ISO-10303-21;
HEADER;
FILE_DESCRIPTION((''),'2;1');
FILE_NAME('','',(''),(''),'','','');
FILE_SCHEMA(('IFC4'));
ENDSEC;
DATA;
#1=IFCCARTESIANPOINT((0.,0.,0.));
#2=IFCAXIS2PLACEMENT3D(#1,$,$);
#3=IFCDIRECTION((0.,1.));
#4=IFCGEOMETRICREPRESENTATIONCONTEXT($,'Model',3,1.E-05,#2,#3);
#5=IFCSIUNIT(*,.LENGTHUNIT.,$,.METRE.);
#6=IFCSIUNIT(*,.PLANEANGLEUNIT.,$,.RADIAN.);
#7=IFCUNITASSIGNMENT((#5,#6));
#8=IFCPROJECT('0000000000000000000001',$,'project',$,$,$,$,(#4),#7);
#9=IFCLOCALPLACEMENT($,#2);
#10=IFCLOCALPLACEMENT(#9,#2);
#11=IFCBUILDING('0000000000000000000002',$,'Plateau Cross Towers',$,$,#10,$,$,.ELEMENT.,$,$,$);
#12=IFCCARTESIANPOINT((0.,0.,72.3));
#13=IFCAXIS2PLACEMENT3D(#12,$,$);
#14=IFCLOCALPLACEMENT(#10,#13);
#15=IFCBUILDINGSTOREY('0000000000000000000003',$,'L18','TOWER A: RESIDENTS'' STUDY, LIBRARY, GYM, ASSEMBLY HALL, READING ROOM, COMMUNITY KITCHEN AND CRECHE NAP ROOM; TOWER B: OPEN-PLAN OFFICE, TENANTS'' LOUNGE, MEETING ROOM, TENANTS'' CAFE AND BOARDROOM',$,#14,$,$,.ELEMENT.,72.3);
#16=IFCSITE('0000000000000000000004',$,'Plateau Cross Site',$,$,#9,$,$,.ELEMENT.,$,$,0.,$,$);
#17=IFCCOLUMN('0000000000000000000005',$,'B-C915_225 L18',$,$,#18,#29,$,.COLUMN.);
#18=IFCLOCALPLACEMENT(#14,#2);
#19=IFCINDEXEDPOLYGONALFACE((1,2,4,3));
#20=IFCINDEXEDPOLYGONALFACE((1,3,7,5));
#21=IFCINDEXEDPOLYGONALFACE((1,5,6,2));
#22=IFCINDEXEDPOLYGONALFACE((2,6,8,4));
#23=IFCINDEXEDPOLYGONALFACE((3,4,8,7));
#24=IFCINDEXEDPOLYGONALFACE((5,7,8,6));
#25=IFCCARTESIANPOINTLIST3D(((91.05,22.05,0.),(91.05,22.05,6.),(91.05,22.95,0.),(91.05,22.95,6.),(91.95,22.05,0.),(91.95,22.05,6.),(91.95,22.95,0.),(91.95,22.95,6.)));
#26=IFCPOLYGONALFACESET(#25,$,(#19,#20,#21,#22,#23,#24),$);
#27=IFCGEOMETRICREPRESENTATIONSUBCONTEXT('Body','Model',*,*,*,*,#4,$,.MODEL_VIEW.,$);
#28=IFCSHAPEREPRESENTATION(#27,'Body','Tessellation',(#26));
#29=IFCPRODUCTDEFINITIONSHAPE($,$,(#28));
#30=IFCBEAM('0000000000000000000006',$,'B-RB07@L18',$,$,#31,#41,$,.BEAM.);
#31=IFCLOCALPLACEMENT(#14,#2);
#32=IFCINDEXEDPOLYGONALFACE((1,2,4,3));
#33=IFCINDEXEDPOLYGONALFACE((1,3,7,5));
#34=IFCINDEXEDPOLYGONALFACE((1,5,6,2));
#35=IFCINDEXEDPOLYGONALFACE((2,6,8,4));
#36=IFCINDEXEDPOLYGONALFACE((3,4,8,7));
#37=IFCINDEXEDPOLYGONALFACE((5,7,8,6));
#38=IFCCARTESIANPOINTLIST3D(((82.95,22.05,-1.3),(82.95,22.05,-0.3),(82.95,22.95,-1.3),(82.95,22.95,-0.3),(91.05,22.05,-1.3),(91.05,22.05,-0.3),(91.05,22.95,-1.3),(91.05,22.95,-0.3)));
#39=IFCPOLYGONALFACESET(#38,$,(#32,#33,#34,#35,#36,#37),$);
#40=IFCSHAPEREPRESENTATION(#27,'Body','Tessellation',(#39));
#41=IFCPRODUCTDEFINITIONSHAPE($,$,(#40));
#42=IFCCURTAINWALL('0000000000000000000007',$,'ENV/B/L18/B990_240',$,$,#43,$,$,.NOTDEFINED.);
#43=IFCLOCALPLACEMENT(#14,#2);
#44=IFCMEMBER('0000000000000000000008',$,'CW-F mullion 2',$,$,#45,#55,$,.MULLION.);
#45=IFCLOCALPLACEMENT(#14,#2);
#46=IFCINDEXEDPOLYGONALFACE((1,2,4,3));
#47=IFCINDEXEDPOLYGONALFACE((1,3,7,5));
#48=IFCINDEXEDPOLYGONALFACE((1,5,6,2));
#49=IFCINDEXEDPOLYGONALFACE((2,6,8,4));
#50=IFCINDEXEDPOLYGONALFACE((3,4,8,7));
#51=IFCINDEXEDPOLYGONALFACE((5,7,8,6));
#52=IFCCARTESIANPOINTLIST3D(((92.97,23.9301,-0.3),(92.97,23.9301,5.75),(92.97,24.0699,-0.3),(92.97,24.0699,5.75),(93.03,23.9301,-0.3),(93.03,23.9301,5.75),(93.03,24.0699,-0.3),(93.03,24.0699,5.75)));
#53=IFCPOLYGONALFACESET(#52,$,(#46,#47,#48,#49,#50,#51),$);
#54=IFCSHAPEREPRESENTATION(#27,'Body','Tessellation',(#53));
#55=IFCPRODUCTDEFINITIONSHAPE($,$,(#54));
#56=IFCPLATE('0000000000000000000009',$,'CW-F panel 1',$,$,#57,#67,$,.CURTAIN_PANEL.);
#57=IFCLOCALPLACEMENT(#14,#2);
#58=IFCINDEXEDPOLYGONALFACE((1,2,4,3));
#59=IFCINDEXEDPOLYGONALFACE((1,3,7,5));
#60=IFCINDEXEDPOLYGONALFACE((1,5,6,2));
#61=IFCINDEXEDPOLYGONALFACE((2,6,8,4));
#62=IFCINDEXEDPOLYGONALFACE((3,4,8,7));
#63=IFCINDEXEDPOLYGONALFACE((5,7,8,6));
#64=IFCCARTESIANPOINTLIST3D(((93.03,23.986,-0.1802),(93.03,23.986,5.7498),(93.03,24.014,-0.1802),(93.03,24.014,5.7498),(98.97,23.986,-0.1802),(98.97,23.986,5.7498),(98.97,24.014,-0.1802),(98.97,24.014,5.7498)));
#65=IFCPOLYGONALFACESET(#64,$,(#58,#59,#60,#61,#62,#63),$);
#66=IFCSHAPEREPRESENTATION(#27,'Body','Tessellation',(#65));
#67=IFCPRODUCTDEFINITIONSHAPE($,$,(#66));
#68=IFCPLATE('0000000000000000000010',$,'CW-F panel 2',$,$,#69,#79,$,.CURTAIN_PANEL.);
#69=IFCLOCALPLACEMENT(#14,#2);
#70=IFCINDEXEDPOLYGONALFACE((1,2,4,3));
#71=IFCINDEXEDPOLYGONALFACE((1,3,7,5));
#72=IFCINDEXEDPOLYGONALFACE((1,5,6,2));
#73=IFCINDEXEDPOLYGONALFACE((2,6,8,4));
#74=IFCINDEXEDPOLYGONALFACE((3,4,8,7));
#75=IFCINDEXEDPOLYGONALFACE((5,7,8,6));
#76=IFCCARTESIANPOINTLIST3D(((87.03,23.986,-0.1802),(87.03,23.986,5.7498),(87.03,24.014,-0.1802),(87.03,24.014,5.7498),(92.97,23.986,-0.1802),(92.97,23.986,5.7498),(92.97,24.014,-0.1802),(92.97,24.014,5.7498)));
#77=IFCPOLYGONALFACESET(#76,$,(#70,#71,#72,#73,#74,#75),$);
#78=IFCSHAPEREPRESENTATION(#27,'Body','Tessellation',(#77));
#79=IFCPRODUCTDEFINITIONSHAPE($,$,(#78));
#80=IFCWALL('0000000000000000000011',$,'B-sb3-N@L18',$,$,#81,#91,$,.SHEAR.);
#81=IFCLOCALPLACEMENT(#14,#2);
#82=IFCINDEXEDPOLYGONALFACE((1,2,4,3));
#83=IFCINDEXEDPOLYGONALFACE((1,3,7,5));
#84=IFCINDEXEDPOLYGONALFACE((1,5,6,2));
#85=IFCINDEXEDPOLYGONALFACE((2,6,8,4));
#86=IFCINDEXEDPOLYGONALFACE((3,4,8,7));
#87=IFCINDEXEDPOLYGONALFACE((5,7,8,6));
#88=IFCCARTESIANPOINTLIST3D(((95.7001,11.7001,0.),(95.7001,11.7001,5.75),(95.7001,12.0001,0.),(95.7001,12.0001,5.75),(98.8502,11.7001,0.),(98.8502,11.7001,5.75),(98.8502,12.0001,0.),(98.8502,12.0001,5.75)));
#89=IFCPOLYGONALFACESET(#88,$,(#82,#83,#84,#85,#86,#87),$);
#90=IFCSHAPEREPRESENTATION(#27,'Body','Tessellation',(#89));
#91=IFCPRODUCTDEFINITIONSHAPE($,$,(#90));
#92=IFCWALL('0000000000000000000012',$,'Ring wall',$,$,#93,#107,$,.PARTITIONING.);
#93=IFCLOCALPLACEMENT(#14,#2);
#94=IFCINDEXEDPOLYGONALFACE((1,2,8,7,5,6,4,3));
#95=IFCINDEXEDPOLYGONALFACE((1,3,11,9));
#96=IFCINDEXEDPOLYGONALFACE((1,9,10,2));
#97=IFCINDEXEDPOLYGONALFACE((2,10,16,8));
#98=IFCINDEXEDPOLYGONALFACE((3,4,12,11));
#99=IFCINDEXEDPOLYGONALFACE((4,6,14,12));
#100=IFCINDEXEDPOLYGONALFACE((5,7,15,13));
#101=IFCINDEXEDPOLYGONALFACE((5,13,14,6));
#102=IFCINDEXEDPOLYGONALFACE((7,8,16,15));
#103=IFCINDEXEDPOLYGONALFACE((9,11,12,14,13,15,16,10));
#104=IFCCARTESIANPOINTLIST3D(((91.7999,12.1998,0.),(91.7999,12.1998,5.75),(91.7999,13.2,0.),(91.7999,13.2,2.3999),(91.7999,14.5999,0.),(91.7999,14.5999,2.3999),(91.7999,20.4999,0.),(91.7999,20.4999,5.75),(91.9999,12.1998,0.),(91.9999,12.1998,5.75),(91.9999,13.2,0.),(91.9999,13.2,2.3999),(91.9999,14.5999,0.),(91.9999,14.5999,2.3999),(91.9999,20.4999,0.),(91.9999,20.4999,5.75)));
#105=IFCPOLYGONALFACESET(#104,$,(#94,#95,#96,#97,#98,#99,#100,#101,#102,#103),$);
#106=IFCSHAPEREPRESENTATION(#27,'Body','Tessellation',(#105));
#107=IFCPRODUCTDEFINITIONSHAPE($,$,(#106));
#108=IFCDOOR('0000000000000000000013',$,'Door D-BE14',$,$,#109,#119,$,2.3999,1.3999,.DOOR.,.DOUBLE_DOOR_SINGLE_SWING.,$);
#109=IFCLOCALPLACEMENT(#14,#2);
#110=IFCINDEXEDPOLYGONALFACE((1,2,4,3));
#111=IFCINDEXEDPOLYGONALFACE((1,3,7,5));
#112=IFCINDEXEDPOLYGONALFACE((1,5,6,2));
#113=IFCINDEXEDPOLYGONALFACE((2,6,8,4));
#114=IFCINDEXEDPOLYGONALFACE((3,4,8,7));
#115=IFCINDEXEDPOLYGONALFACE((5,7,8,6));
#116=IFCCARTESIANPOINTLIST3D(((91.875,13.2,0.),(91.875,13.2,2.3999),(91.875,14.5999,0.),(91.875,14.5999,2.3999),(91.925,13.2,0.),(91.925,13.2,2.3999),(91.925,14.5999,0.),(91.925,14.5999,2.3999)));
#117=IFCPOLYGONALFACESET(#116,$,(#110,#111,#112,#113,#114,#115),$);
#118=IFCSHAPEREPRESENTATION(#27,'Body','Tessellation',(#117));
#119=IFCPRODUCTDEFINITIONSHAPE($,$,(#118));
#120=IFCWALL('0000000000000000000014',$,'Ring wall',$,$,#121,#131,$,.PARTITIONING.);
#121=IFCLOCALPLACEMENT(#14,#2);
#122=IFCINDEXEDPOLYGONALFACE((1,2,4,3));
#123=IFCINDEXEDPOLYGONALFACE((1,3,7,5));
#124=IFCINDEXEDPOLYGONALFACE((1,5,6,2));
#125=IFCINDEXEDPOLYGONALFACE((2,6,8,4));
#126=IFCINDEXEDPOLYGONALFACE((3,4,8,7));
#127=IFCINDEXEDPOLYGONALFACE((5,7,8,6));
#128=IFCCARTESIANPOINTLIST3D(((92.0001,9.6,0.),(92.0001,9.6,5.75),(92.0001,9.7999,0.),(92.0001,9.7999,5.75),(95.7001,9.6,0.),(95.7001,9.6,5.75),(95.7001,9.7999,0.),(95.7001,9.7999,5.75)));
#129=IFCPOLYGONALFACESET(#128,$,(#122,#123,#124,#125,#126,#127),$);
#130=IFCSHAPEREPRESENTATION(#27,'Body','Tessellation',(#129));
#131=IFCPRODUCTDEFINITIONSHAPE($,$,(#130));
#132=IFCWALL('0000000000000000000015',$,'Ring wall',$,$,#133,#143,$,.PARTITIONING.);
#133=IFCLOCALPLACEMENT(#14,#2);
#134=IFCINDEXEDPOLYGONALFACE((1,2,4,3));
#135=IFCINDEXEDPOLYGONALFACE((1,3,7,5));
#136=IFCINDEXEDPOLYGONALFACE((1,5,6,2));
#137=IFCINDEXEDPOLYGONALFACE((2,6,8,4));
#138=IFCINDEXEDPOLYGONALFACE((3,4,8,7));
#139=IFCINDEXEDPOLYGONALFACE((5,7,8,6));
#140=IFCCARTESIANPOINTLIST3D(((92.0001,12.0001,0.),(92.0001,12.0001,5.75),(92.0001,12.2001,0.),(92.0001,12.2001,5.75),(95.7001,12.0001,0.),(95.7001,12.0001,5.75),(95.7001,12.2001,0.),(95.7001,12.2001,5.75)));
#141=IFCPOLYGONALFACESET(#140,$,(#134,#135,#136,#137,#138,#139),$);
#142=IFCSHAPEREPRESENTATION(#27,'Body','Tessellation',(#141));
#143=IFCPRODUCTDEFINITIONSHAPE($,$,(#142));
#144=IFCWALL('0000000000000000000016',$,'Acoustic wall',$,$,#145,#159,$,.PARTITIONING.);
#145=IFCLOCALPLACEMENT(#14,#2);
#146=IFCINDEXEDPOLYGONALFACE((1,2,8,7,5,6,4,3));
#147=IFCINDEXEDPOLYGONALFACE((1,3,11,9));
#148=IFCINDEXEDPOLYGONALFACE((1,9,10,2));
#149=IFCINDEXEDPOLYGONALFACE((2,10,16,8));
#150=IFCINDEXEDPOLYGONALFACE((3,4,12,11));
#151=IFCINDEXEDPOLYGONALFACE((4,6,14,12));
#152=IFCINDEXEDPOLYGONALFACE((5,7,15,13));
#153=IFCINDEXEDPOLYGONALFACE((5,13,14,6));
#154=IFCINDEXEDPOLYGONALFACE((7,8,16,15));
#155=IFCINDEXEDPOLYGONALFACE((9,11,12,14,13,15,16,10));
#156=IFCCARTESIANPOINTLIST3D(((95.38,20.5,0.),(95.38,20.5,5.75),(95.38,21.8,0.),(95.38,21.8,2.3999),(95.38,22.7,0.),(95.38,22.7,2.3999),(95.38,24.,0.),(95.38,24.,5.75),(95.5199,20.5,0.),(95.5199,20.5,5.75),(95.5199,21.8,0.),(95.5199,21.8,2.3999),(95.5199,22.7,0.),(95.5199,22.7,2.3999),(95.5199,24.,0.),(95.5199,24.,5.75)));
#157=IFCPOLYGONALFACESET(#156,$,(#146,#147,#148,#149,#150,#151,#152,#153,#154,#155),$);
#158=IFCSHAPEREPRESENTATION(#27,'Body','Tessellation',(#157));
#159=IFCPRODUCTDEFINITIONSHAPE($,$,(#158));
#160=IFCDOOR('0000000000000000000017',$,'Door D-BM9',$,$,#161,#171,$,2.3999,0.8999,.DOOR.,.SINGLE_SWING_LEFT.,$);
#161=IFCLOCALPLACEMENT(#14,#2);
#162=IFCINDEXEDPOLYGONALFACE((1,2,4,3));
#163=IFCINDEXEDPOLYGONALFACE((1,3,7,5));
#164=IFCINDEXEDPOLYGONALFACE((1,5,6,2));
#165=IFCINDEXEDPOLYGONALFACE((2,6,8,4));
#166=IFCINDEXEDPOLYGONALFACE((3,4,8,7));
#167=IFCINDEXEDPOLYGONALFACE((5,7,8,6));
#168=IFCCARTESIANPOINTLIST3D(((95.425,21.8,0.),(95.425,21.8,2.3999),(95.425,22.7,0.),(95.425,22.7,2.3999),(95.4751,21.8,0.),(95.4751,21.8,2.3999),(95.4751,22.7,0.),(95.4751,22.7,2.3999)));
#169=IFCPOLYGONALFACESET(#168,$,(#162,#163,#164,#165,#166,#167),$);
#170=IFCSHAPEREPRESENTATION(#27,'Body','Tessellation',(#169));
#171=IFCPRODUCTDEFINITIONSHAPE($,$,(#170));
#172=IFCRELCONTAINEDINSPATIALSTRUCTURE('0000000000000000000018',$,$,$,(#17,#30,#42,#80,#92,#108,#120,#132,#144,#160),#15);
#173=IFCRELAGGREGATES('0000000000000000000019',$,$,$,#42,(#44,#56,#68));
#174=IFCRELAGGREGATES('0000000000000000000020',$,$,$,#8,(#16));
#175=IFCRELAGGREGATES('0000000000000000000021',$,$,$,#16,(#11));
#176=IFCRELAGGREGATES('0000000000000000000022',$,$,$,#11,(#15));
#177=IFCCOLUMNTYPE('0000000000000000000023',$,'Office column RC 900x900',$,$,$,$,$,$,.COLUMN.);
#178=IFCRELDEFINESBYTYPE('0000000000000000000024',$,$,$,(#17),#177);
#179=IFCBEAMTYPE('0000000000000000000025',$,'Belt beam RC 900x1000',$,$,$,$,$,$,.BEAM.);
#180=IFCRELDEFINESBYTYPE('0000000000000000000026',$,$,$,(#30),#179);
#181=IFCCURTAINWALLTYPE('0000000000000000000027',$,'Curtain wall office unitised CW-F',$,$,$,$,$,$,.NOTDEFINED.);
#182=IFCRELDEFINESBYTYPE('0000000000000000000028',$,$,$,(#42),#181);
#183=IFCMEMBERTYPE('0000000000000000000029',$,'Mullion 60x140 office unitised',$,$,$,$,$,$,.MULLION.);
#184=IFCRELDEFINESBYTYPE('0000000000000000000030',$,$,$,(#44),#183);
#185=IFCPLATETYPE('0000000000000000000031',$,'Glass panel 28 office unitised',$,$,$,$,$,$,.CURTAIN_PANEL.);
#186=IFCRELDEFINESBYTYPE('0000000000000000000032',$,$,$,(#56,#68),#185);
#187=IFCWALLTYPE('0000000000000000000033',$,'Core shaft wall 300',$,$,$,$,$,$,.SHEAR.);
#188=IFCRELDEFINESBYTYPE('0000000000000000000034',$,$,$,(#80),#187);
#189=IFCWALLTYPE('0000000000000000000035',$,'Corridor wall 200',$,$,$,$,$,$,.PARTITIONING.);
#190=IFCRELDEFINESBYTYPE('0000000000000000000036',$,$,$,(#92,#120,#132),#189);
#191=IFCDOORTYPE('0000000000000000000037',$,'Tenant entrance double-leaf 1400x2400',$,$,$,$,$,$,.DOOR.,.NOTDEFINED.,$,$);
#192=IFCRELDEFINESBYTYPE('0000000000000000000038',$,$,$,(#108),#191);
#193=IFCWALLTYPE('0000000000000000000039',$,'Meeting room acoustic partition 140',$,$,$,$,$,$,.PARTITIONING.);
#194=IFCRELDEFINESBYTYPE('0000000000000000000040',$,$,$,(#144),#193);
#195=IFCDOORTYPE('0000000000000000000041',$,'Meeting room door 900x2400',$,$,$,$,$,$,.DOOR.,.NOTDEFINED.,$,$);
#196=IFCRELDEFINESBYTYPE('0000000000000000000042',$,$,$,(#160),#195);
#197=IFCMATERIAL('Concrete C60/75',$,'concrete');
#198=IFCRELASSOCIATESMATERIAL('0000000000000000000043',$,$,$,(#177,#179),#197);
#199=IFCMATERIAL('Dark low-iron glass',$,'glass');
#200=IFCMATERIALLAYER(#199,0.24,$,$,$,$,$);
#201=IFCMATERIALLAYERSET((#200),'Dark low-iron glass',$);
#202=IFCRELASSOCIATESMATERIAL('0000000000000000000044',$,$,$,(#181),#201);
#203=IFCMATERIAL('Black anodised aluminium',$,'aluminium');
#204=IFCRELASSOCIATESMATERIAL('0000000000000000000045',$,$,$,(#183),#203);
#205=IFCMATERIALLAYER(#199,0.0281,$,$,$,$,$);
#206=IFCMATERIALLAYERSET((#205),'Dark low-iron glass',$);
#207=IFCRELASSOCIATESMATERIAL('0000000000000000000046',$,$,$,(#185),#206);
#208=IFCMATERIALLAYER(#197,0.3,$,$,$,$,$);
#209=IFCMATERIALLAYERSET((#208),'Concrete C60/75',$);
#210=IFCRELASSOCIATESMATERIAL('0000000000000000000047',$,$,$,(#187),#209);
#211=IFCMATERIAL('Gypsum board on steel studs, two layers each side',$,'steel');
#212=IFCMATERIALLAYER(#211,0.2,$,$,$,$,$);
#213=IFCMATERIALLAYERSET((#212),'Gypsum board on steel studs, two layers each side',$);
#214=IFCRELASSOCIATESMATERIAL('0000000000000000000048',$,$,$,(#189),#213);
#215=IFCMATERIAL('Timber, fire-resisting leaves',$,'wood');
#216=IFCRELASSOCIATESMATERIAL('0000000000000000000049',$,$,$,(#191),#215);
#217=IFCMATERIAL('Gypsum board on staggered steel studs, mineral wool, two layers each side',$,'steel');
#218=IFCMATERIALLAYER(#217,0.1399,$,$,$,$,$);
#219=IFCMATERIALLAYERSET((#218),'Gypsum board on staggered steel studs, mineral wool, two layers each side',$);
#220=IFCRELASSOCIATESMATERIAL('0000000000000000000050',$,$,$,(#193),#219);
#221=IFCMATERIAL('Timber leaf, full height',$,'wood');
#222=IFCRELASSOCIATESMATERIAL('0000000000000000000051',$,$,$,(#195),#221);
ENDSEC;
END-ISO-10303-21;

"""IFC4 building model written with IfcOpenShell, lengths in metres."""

from ifc_helpers import new_model, si_unit, direction, frame, frame_2d, origin, origin_2d, place, context, subcontext, project, spatial, rectangle, extrude, material, layer, layer_set, material_profile, profile_set, type_object, element, fill, aggregate, save


model = new_model("IFC4")

# Units and contexts
model_context = context("Model", 3, precision=1e-05, world=origin(), true_north=direction((0.0, 1.0)))
body_context = subcontext(model_context, "Body", "Model", "MODEL_VIEW")
ifc_project = project(units=[si_unit("LENGTHUNIT", "METRE"), si_unit("PLANEANGLEUNIT", "RADIAN")], contexts=[model_context])

# Site, building, storey
site_placement = place(None, origin())
site = spatial("IfcSite", under=ifc_project, at=site_placement, Name="Plateau Cross Site", CompositionType="ELEMENT", RefElevation=0.0)
building_placement = place(site_placement, origin())
building = spatial("IfcBuilding", under=site, at=building_placement, Name="Plateau Cross Towers", CompositionType="ELEMENT")
storey_placement = place(building_placement, frame((0.0, 0.0, 72.3)))
storey = spatial("IfcBuildingStorey", under=building, at=storey_placement, Name="L18", Description="TOWER A: RESIDENTS' STUDY, LIBRARY, GYM, ASSEMBLY HALL, READING ROOM, COMMUNITY KITCHEN AND CRECHE NAP ROOM; TOWER B: OPEN-PLAN OFFICE, TENANTS' LOUNGE, MEETING ROOM, TENANTS' CAFE AND BOARDROOM", CompositionType="ELEMENT", Elevation=72.3)

# Column
ifc_material_1 = material(Name="Concrete C60/75", Category="concrete")
ifc_material_profile_1 = material_profile(ifc_material_1, rectangle(XDim=0.8999, YDim=0.8999, at=origin_2d()), Name="RC 900x900")
ifc_profile_set_1 = profile_set([ifc_material_profile_1], Name="Concrete C60/75")
column_type = type_object("IfcColumnType", Name="Office column RC 900x900", PredefinedType="COLUMN", material=ifc_profile_set_1)
column_placement = place(storey_placement, frame((91.5, 22.5, 0.0), z_axis=(0.0, 0.0, 1.0), x_axis=(1.0, 0.0, 0.0)))
element("IfcColumn", 1, at=column_placement, inside=storey, type_object=column_type, Name="B-C915_225 L18", PredefinedType="COLUMN", context=body_context, shape_type="SweptSolid", body=[
    extrude(rectangle(XDim=0.8999, YDim=0.8999, at=origin_2d()), origin(), (0.0, 0.0, 1.0), 6.0),
])

# Beam
ifc_material_profile_2 = material_profile(ifc_material_1, rectangle(XDim=0.8999, YDim=1.0, at=origin_2d()), Name="RC 900x1000")
ifc_profile_set_2 = profile_set([ifc_material_profile_2], Name="Concrete C60/75")
beam_type = type_object("IfcBeamType", Name="Belt beam RC 900x1000", PredefinedType="BEAM", material=ifc_profile_set_2)
beam_placement = place(storey_placement, frame((91.05, 22.5, -0.8), z_axis=(-1.0, 0.0, 0.0), x_axis=(0.0, -1.0, 0.0)))
element("IfcBeam", 2, at=beam_placement, inside=storey, type_object=beam_type, Name="B-RB07@L18", PredefinedType="BEAM", context=body_context, shape_type="SweptSolid", body=[
    extrude(rectangle(XDim=0.8999, YDim=1.0, at=origin_2d()), origin(), (0.0, 0.0, 1.0), 8.1001),
])

# Curtain wall, member, plates
ifc_material_2 = material(Name="Dark low-iron glass", Category="glass")
ifc_layer_1 = layer(ifc_material_2, 0.24)
ifc_layer_set_1 = layer_set([ifc_layer_1], Name="Dark low-iron glass")
curtain_wall_type = type_object("IfcCurtainWallType", Name="Curtain wall office unitised CW-F", PredefinedType="NOTDEFINED", material=ifc_layer_set_1)
curtain_wall_placement = place(storey_placement, origin())
curtain_wall = element("IfcCurtainWall", 3, at=curtain_wall_placement, inside=storey, type_object=curtain_wall_type, Name="ENV/B/L18/B990_240", PredefinedType="NOTDEFINED")
ifc_material_3 = material(Name="Black anodised aluminium", Category="aluminium")
ifc_material_profile_3 = material_profile(ifc_material_3, rectangle(XDim=0.0601, YDim=0.1399, at=origin_2d()), Name="MULLION 60x140")
ifc_profile_set_3 = profile_set([ifc_material_profile_3], Name="Black anodised aluminium")
member_type = type_object("IfcMemberType", Name="Mullion 60x140 office unitised", PredefinedType="MULLION", material=ifc_profile_set_3)
member_placement = place(storey_placement, frame((93.0, 24.0, -0.3), z_axis=(0.0, 0.0, 1.0), x_axis=(-1.0, 0.0, 0.0)))
member = element("IfcMember", 4, at=member_placement, type_object=member_type, Name="CW-F mullion 2", PredefinedType="MULLION", context=body_context, shape_type="SweptSolid", body=[
    extrude(rectangle(XDim=0.0601, YDim=0.1399, at=origin_2d()), origin(), (0.0, 0.0, 1.0), 6.05),
])
ifc_layer_2 = layer(ifc_material_2, 0.0281)
ifc_layer_set_2 = layer_set([ifc_layer_2], Name="Dark low-iron glass")
plate_type = type_object("IfcPlateType", Name="Glass panel 28 office unitised", PredefinedType="CURTAIN_PANEL", material=ifc_layer_set_2)
plate_1_placement = place(storey_placement, frame((96.0, 24.0, -0.1802), z_axis=(0.0, 0.0, 1.0), x_axis=(-1.0, 0.0, 0.0)))
plate_1 = element("IfcPlate", 5, at=plate_1_placement, type_object=plate_type, Name="CW-F panel 1", PredefinedType="CURTAIN_PANEL", context=body_context, shape_type="SweptSolid", body=[
    extrude(rectangle(XDim=5.9399, YDim=0.0281, at=origin_2d()), origin(), (0.0, 0.0, 1.0), 5.9299),
])
plate_2_placement = place(storey_placement, frame((90.0, 24.0, -0.1802), z_axis=(0.0, 0.0, 1.0), x_axis=(-1.0, 0.0, 0.0)))
plate_2 = element("IfcPlate", 6, at=plate_2_placement, type_object=plate_type, Name="CW-F panel 2", PredefinedType="CURTAIN_PANEL", context=body_context, shape_type="SweptSolid", body=[
    extrude(rectangle(XDim=5.9399, YDim=0.0281, at=origin_2d()), origin(), (0.0, 0.0, 1.0), 5.9299),
])
aggregate(curtain_wall, [member, plate_1, plate_2])

# Wall
ifc_layer_3 = layer(ifc_material_1, 0.3)
ifc_layer_set_3 = layer_set([ifc_layer_3], Name="Concrete C60/75")
wall_type_1 = type_object("IfcWallType", Name="Core shaft wall 300", PredefinedType="SHEAR", material=ifc_layer_set_3)
wall_1_placement = place(storey_placement, frame((95.7, 11.8501, 0.0), z_axis=(0.0, 0.0, 1.0), x_axis=(1.0, 0.0, 0.0)))
element("IfcWall", 7, at=wall_1_placement, inside=storey, type_object=wall_type_1, Name="B-sb3-N@L18", PredefinedType="SHEAR", context=body_context, shape_type="SweptSolid", body=[
    extrude(rectangle(XDim=3.1501, YDim=0.3, at=frame_2d((1.5752, 0.0))), origin(), (0.0, 0.0, 1.0), 5.75),
])

# Wall, opening, door
ifc_material_4 = material(Name="Gypsum board on steel studs, two layers each side", Category="steel")
ifc_layer_4 = layer(ifc_material_4, 0.2)
ifc_layer_set_4 = layer_set([ifc_layer_4], Name="Gypsum board on steel studs, two layers each side")
wall_type_2 = type_object("IfcWallType", Name="Corridor wall 200", PredefinedType="PARTITIONING", material=ifc_layer_set_4)
wall_2_placement = place(storey_placement, frame((91.8999, 12.2, 0.0), z_axis=(0.0, 0.0, 1.0), x_axis=(0.0, 1.0, 0.0)))
wall_2 = element("IfcWall", 8, at=wall_2_placement, inside=storey, type_object=wall_type_2, Name="Ring wall", PredefinedType="PARTITIONING", context=body_context, shape_type="SweptSolid", body=[
    extrude(rectangle(XDim=8.3, YDim=0.2, at=frame_2d((4.1499, 0.0))), origin(), (0.0, 0.0, 1.0), 5.75),
])
opening_1_placement = place(wall_2_placement, frame((1.0, 0.0, 0.0)))
opening_1 = element("IfcOpeningElement", 9, at=opening_1_placement, cuts=wall_2, PredefinedType="OPENING", context=body_context, shape_type="SweptSolid", body=[
    extrude(rectangle(XDim=1.3999, YDim=2.3999, at=frame_2d((0.7, 1.2))), frame((0.0, 0.1099, 0.0), z_axis=(0.0, -1.0, 0.0), x_axis=(1.0, 0.0, 0.0)), (0.0, 0.0, 1.0), 0.22),
])
ifc_material_5 = material(Name="Timber, fire-resisting leaves", Category="wood")
door_type_1 = type_object("IfcDoorType", Name="Tenant entrance double-leaf 1400x2400", OperationType="NOTDEFINED", PredefinedType="DOOR", material=ifc_material_5)
door_1_placement = place(opening_1_placement, origin())
door_1 = element("IfcDoor", 10, at=door_1_placement, inside=storey, type_object=door_type_1, Name="Door D-BE14", OperationType="DOUBLE_DOOR_SINGLE_SWING", OverallHeight=2.3999, OverallWidth=1.3999, PredefinedType="DOOR", context=body_context, shape_type="SweptSolid", body=[
    extrude(rectangle(XDim=1.3999, YDim=2.3999, at=frame_2d((0.7, 1.2))), frame((0.0, 0.0249, 0.0), z_axis=(0.0, -1.0, 0.0), x_axis=(1.0, 0.0, 0.0)), (0.0, 0.0, 1.0), 0.05),
])
fill(opening_1, door_1)

# Walls
for number, where, z_axis, x_axis, name in (
    (11, (92.0, 9.7, 0.0), (0.0, 0.0, 1.0), (1.0, 0.0, 0.0), "Ring wall"),
    (12, (92.0, 12.1001, 0.0), (0.0, 0.0, 1.0), (1.0, 0.0, 0.0), "Ring wall"),
):
    element("IfcWall", number, at=place(storey_placement, frame(where, z_axis=z_axis, x_axis=x_axis)), inside=storey, type_object=wall_type_2, Name=name, PredefinedType="PARTITIONING", context=body_context, shape_type="SweptSolid", body=[
        extrude(rectangle(XDim=3.7, YDim=0.2, at=frame_2d((1.8501, 0.0))), origin(), (0.0, 0.0, 1.0), 5.75),
    ])

# Wall, opening, door
ifc_material_6 = material(Name="Gypsum board on staggered steel studs, mineral wool, two layers each side", Category="steel")
ifc_layer_5 = layer(ifc_material_6, 0.1399)
ifc_layer_set_5 = layer_set([ifc_layer_5], Name="Gypsum board on staggered steel studs, mineral wool, two layers each side")
wall_type_3 = type_object("IfcWallType", Name="Meeting room acoustic partition 140", PredefinedType="PARTITIONING", material=ifc_layer_set_5)
wall_3_placement = place(storey_placement, frame((95.45, 20.5, 0.0), z_axis=(0.0, 0.0, 1.0), x_axis=(0.0, 1.0, 0.0)))
wall_3 = element("IfcWall", 13, at=wall_3_placement, inside=storey, type_object=wall_type_3, Name="Acoustic wall", PredefinedType="PARTITIONING", context=body_context, shape_type="SweptSolid", body=[
    extrude(rectangle(XDim=3.5, YDim=0.1399, at=frame_2d((1.75, 0.0))), origin(), (0.0, 0.0, 1.0), 5.75),
])
opening_2_placement = place(wall_3_placement, frame((1.3, 0.0, 0.0)))
opening_2 = element("IfcOpeningElement", 14, at=opening_2_placement, cuts=wall_3, PredefinedType="OPENING", context=body_context, shape_type="SweptSolid", body=[
    extrude(rectangle(XDim=0.8999, YDim=2.3999, at=frame_2d((0.45, 1.2))), frame((0.0, 0.0798, 0.0), z_axis=(0.0, -1.0, 0.0), x_axis=(1.0, 0.0, 0.0)), (0.0, 0.0, 1.0), 0.1599),
])
ifc_material_7 = material(Name="Timber leaf, full height", Category="wood")
door_type_2 = type_object("IfcDoorType", Name="Meeting room door 900x2400", OperationType="NOTDEFINED", PredefinedType="DOOR", material=ifc_material_7)
door_2_placement = place(opening_2_placement, origin())
door_2 = element("IfcDoor", 15, at=door_2_placement, inside=storey, type_object=door_type_2, Name="Door D-BM9", OperationType="SINGLE_SWING_LEFT", OverallHeight=2.3999, OverallWidth=0.8999, PredefinedType="DOOR", context=body_context, shape_type="SweptSolid", body=[
    extrude(rectangle(XDim=0.8999, YDim=2.3999, at=frame_2d((0.45, 1.2))), frame((0.0, 0.0249, 0.0), z_axis=(0.0, -1.0, 0.0), x_axis=(1.0, 0.0, 0.0)), (0.0, 0.0, 1.0), 0.05),
])
fill(opening_2, door_2)

save(model, "model.ifc")
